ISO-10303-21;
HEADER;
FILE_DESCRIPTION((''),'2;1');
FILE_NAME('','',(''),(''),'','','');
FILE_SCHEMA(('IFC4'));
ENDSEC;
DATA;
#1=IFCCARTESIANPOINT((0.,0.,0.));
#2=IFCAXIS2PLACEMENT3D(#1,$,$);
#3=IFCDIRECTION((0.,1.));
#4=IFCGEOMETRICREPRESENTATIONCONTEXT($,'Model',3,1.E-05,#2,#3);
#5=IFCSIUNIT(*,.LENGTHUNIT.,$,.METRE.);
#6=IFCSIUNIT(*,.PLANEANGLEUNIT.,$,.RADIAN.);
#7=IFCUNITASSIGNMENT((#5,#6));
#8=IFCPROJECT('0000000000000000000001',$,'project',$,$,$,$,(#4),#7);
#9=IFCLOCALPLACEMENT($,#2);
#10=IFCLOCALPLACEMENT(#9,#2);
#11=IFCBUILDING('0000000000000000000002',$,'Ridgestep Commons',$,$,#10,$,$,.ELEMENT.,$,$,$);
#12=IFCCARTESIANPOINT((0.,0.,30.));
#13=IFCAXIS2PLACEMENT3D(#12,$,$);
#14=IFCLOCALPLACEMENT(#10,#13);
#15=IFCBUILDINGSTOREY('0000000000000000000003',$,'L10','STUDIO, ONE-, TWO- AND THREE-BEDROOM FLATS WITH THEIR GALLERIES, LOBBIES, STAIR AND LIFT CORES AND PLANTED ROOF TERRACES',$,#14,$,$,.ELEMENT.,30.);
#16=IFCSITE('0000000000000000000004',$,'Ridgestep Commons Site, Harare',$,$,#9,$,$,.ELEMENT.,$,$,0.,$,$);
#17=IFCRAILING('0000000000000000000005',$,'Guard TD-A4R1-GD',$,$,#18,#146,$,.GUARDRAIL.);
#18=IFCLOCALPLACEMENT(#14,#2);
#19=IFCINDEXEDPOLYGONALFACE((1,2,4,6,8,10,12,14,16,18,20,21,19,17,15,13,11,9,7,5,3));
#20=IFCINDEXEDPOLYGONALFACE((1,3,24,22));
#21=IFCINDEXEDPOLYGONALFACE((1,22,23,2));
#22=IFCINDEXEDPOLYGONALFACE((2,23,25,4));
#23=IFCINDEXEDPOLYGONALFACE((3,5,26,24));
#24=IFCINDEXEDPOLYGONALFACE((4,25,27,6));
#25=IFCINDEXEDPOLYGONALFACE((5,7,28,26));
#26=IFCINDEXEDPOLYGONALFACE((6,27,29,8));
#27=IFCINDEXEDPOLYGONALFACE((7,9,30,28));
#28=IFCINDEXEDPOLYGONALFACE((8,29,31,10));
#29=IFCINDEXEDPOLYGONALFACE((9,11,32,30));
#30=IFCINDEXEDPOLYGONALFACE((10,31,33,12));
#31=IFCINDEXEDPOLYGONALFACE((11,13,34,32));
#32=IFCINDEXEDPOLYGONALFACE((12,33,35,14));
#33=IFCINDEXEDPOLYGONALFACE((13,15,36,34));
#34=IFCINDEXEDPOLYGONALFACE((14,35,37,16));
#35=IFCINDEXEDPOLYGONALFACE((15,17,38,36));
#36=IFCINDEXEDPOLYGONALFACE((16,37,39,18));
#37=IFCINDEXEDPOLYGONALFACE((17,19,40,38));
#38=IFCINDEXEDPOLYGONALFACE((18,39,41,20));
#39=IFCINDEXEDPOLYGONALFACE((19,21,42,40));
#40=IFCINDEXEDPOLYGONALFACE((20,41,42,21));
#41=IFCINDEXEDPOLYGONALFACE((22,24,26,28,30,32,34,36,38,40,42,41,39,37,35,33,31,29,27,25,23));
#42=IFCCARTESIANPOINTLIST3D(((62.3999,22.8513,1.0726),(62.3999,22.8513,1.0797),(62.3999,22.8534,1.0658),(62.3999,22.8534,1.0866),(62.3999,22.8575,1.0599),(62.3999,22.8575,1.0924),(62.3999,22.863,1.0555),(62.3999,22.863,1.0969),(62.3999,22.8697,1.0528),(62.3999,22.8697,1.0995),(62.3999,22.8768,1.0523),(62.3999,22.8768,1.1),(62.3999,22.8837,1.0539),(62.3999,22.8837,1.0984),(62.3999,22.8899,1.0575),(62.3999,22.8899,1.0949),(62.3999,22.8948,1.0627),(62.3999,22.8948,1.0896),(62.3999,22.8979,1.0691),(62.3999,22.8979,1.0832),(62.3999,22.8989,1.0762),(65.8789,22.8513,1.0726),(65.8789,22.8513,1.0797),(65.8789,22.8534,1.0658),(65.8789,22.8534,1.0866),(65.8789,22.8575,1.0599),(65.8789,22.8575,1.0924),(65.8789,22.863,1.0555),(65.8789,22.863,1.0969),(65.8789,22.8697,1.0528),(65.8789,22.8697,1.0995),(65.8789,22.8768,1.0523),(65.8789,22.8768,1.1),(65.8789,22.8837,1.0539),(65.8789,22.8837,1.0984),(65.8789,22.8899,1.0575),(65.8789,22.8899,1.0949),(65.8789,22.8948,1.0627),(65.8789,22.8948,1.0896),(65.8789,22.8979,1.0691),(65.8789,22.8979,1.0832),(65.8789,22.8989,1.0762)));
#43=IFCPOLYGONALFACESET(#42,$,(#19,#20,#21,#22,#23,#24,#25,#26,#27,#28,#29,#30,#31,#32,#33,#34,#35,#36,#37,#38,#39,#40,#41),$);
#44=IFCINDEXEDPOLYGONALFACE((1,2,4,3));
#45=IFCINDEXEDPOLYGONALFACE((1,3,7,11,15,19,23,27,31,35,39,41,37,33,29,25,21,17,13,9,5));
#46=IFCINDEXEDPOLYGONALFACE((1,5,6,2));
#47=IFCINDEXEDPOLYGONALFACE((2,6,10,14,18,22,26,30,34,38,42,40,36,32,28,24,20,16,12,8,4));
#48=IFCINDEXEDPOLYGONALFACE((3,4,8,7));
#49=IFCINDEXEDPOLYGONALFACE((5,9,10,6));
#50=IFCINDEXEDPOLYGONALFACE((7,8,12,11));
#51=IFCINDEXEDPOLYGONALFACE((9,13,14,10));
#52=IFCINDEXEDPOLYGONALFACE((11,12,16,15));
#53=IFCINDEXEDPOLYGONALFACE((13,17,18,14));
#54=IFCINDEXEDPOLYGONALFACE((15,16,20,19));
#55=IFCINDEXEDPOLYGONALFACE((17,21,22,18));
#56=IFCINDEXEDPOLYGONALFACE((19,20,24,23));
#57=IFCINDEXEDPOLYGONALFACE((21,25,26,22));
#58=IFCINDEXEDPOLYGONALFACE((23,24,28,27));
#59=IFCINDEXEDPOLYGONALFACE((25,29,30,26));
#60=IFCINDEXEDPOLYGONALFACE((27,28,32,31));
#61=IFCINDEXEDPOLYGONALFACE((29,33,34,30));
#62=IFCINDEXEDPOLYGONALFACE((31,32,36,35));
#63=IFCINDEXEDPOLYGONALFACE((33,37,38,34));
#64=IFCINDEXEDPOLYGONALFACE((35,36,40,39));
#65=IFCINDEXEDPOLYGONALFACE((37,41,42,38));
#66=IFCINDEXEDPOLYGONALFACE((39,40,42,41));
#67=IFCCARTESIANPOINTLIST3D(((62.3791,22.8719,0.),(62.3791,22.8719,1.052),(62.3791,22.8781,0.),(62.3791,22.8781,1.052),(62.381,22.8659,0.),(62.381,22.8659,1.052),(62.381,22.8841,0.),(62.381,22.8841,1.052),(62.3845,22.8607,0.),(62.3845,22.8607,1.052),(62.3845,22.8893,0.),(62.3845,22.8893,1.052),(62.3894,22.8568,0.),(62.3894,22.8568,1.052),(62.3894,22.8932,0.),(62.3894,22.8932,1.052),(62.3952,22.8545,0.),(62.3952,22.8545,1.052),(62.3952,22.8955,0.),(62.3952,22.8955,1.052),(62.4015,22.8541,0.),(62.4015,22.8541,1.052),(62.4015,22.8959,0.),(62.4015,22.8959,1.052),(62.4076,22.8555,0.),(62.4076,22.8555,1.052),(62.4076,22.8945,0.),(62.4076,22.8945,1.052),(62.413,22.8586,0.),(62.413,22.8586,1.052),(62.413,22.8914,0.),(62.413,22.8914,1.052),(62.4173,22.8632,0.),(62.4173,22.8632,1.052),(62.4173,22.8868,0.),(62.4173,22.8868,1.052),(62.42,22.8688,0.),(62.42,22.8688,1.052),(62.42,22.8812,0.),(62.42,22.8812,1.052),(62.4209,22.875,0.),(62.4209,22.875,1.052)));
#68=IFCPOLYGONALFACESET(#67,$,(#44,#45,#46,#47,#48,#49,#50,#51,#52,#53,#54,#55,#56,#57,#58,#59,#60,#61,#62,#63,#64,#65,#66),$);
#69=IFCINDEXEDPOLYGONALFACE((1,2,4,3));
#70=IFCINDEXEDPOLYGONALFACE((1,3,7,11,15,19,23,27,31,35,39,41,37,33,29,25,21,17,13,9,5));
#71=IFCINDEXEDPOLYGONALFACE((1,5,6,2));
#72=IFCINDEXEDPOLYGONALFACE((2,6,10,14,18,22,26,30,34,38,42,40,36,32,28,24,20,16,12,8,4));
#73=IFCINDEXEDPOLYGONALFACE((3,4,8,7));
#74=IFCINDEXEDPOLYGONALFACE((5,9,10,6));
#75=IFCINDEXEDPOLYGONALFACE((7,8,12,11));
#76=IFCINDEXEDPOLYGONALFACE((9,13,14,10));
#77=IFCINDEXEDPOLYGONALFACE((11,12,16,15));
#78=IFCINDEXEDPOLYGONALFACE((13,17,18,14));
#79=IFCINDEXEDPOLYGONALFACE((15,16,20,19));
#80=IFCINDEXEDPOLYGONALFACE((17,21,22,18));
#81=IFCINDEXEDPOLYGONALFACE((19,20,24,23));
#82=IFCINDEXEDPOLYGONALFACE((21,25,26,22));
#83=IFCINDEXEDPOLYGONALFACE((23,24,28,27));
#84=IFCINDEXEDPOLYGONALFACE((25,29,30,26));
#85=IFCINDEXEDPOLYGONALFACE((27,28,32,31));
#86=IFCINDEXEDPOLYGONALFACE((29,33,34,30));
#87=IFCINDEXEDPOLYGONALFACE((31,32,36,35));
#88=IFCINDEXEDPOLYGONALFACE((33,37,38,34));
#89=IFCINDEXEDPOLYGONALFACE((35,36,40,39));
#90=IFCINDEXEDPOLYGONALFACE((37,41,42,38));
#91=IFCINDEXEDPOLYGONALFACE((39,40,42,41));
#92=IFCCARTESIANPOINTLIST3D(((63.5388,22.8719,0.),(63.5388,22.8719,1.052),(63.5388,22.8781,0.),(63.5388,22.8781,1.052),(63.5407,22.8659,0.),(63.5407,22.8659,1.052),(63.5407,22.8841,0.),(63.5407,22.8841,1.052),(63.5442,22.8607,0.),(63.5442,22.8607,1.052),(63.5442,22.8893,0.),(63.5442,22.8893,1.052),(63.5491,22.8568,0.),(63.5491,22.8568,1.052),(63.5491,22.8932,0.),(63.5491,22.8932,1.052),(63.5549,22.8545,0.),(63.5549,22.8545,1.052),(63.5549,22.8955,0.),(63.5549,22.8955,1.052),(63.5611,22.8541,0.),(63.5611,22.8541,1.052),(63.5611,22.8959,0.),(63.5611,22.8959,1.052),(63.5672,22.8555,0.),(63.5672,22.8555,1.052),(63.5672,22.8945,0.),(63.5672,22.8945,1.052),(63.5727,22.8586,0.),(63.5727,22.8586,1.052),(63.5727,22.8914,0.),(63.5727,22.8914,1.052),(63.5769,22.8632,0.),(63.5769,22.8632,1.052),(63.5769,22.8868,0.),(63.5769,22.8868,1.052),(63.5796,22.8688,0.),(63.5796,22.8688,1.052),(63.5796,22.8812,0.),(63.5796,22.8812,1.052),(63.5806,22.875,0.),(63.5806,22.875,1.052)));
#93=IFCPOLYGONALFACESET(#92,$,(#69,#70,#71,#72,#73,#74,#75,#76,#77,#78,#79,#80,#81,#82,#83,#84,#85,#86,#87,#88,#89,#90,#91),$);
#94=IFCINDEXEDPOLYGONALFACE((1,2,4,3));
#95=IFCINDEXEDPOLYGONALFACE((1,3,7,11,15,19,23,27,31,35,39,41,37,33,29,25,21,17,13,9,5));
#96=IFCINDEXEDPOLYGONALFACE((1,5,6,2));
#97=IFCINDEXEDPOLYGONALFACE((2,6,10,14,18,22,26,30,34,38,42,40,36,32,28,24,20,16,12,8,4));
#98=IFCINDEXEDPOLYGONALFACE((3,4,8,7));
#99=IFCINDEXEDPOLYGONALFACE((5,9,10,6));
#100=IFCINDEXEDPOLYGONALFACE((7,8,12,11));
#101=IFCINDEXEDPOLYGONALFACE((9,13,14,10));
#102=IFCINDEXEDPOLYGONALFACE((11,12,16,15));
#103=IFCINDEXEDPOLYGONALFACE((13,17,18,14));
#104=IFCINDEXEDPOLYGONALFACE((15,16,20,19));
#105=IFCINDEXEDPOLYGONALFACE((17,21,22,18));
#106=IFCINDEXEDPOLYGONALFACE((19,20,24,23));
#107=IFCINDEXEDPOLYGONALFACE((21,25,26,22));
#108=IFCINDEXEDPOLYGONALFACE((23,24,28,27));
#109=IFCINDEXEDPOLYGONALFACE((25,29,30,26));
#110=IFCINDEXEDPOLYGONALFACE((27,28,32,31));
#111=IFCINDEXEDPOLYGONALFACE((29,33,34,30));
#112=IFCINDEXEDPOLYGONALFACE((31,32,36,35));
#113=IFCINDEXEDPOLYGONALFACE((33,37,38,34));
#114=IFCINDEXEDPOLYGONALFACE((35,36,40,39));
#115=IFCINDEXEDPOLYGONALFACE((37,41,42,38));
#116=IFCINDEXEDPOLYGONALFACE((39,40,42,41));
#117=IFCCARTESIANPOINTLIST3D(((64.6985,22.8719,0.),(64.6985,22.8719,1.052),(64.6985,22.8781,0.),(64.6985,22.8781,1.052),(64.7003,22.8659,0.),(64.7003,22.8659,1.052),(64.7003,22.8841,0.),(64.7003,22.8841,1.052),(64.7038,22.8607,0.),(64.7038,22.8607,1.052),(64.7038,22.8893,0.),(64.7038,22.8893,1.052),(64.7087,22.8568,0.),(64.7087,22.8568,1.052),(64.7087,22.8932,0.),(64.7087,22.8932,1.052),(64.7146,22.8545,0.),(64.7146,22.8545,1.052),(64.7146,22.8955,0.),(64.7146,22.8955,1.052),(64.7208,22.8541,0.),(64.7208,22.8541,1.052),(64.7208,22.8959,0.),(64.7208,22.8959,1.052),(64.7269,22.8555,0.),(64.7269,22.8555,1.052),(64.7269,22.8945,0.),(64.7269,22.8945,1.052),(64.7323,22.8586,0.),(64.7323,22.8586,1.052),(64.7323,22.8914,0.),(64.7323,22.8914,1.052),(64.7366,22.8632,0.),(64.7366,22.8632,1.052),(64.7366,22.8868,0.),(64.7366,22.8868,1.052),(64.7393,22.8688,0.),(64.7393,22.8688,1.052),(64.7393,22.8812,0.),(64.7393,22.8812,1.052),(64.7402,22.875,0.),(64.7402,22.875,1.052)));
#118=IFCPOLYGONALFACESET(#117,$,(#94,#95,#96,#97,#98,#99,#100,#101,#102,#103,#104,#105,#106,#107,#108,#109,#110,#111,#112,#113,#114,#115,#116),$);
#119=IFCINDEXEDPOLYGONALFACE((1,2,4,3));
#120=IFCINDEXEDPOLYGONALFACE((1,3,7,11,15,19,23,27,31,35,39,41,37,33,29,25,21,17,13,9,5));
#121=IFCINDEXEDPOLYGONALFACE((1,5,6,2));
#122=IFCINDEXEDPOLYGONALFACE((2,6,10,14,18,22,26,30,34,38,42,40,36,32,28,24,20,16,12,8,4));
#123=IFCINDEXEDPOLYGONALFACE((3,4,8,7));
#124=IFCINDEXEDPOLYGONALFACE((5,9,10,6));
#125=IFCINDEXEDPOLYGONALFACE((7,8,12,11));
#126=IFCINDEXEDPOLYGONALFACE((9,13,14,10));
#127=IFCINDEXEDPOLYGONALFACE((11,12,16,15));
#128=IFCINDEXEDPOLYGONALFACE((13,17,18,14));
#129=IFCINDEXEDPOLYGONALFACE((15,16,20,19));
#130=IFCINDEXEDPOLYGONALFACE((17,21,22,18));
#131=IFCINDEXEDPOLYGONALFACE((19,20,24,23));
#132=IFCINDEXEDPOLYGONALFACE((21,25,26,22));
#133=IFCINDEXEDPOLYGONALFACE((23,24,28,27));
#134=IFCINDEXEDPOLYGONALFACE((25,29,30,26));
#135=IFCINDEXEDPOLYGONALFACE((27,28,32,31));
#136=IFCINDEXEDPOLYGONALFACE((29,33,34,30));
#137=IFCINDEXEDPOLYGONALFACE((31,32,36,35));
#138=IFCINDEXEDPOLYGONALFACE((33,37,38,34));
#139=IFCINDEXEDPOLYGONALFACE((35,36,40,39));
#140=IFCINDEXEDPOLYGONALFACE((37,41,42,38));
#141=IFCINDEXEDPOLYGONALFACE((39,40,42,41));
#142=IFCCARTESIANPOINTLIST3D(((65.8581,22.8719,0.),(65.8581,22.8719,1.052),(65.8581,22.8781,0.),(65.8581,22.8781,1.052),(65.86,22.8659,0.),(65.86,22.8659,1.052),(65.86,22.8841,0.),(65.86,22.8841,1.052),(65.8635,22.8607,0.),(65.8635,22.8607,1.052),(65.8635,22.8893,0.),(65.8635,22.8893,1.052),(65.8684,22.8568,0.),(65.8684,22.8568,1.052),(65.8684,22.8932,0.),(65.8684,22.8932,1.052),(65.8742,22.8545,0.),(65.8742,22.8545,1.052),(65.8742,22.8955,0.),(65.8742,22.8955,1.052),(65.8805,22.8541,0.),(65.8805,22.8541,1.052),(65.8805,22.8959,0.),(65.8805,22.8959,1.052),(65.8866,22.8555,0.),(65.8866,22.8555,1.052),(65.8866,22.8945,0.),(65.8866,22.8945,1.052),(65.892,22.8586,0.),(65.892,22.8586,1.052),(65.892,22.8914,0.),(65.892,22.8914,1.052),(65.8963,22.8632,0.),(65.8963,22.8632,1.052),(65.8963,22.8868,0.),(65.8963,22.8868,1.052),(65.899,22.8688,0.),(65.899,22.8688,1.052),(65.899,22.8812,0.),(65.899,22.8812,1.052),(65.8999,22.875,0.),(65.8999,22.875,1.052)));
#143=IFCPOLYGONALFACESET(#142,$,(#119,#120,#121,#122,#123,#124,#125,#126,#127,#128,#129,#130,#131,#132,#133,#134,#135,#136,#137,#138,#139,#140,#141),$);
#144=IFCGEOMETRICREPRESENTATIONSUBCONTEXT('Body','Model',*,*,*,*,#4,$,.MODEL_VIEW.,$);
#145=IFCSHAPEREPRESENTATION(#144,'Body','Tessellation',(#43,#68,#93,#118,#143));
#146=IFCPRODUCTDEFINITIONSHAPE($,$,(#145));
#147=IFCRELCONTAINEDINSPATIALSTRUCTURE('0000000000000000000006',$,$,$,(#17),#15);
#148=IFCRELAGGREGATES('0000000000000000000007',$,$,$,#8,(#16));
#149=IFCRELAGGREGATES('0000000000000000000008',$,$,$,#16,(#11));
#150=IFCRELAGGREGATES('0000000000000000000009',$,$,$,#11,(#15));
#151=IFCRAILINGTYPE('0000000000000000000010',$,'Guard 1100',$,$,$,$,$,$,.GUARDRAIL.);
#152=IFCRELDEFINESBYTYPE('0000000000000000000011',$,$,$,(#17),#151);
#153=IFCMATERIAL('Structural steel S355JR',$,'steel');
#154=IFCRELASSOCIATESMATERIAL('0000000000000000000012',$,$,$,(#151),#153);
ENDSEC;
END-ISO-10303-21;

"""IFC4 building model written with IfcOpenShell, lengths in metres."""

from ifc_helpers import new_model, si_unit, direction, frame, origin, origin_2d, place, context, subcontext, project, spatial, circle, extrude, material, type_object, element, save


model = new_model("IFC4")

# Units and contexts
model_context = context("Model", 3, precision=1e-05, world=origin(), true_north=direction((0.0, 1.0)))
body_context = subcontext(model_context, "Body", "Model", "MODEL_VIEW")
ifc_project = project(units=[si_unit("LENGTHUNIT", "METRE"), si_unit("PLANEANGLEUNIT", "RADIAN")], contexts=[model_context])

# Site, building, storey
site_placement = place(None, origin())
site = spatial("IfcSite", under=ifc_project, at=site_placement, Name="Ridgestep Commons Site, Harare", CompositionType="ELEMENT", RefElevation=0.0)
building_placement = place(site_placement, origin())
building = spatial("IfcBuilding", under=site, at=building_placement, Name="Ridgestep Commons", CompositionType="ELEMENT")
storey_placement = place(building_placement, frame((0.0, 0.0, 30.0)))
storey = spatial("IfcBuildingStorey", under=building, at=storey_placement, Name="L10", Description="STUDIO, ONE-, TWO- AND THREE-BEDROOM FLATS WITH THEIR GALLERIES, LOBBIES, STAIR AND LIFT CORES AND PLANTED ROOF TERRACES", CompositionType="ELEMENT", Elevation=30.0)

# Railing
ifc_material_1 = material(Name="Structural steel S355JR", Category="steel")
railing_type_1 = type_object("IfcRailingType", Name="Guard 1100", PredefinedType="GUARDRAIL", material=ifc_material_1)
railing_1_placement = place(storey_placement, frame((62.3999, 22.875, 0.0)))
element("IfcRailing", 1, at=railing_1_placement, inside=storey, type_object=railing_type_1, Name="Guard TD-A4R1-GD", PredefinedType="GUARDRAIL", context=body_context, shape_type="SweptSolid", body=[
    extrude(circle(Radius=0.0239, at=origin_2d()), frame((0.0, 0.0, 1.0762), z_axis=(1.0, 0.0, 0.0), x_axis=(0.0, 1.0, 0.0)), (0.0, 0.0, 1.0), 3.479),
    extrude(circle(Radius=0.021, at=origin_2d()), origin(), (0.0, 0.0, 1.0), 1.052),
    extrude(circle(Radius=0.021, at=origin_2d()), frame((1.1597, 0.0, 0.0)), (0.0, 0.0, 1.0), 1.052),
    extrude(circle(Radius=0.021, at=origin_2d()), frame((2.3193, 0.0, 0.0)), (0.0, 0.0, 1.0), 1.052),
    extrude(circle(Radius=0.021, at=origin_2d()), frame((3.479, 0.0, 0.0)), (0.0, 0.0, 1.0), 1.052),
])

save(model, "model.ifc")
